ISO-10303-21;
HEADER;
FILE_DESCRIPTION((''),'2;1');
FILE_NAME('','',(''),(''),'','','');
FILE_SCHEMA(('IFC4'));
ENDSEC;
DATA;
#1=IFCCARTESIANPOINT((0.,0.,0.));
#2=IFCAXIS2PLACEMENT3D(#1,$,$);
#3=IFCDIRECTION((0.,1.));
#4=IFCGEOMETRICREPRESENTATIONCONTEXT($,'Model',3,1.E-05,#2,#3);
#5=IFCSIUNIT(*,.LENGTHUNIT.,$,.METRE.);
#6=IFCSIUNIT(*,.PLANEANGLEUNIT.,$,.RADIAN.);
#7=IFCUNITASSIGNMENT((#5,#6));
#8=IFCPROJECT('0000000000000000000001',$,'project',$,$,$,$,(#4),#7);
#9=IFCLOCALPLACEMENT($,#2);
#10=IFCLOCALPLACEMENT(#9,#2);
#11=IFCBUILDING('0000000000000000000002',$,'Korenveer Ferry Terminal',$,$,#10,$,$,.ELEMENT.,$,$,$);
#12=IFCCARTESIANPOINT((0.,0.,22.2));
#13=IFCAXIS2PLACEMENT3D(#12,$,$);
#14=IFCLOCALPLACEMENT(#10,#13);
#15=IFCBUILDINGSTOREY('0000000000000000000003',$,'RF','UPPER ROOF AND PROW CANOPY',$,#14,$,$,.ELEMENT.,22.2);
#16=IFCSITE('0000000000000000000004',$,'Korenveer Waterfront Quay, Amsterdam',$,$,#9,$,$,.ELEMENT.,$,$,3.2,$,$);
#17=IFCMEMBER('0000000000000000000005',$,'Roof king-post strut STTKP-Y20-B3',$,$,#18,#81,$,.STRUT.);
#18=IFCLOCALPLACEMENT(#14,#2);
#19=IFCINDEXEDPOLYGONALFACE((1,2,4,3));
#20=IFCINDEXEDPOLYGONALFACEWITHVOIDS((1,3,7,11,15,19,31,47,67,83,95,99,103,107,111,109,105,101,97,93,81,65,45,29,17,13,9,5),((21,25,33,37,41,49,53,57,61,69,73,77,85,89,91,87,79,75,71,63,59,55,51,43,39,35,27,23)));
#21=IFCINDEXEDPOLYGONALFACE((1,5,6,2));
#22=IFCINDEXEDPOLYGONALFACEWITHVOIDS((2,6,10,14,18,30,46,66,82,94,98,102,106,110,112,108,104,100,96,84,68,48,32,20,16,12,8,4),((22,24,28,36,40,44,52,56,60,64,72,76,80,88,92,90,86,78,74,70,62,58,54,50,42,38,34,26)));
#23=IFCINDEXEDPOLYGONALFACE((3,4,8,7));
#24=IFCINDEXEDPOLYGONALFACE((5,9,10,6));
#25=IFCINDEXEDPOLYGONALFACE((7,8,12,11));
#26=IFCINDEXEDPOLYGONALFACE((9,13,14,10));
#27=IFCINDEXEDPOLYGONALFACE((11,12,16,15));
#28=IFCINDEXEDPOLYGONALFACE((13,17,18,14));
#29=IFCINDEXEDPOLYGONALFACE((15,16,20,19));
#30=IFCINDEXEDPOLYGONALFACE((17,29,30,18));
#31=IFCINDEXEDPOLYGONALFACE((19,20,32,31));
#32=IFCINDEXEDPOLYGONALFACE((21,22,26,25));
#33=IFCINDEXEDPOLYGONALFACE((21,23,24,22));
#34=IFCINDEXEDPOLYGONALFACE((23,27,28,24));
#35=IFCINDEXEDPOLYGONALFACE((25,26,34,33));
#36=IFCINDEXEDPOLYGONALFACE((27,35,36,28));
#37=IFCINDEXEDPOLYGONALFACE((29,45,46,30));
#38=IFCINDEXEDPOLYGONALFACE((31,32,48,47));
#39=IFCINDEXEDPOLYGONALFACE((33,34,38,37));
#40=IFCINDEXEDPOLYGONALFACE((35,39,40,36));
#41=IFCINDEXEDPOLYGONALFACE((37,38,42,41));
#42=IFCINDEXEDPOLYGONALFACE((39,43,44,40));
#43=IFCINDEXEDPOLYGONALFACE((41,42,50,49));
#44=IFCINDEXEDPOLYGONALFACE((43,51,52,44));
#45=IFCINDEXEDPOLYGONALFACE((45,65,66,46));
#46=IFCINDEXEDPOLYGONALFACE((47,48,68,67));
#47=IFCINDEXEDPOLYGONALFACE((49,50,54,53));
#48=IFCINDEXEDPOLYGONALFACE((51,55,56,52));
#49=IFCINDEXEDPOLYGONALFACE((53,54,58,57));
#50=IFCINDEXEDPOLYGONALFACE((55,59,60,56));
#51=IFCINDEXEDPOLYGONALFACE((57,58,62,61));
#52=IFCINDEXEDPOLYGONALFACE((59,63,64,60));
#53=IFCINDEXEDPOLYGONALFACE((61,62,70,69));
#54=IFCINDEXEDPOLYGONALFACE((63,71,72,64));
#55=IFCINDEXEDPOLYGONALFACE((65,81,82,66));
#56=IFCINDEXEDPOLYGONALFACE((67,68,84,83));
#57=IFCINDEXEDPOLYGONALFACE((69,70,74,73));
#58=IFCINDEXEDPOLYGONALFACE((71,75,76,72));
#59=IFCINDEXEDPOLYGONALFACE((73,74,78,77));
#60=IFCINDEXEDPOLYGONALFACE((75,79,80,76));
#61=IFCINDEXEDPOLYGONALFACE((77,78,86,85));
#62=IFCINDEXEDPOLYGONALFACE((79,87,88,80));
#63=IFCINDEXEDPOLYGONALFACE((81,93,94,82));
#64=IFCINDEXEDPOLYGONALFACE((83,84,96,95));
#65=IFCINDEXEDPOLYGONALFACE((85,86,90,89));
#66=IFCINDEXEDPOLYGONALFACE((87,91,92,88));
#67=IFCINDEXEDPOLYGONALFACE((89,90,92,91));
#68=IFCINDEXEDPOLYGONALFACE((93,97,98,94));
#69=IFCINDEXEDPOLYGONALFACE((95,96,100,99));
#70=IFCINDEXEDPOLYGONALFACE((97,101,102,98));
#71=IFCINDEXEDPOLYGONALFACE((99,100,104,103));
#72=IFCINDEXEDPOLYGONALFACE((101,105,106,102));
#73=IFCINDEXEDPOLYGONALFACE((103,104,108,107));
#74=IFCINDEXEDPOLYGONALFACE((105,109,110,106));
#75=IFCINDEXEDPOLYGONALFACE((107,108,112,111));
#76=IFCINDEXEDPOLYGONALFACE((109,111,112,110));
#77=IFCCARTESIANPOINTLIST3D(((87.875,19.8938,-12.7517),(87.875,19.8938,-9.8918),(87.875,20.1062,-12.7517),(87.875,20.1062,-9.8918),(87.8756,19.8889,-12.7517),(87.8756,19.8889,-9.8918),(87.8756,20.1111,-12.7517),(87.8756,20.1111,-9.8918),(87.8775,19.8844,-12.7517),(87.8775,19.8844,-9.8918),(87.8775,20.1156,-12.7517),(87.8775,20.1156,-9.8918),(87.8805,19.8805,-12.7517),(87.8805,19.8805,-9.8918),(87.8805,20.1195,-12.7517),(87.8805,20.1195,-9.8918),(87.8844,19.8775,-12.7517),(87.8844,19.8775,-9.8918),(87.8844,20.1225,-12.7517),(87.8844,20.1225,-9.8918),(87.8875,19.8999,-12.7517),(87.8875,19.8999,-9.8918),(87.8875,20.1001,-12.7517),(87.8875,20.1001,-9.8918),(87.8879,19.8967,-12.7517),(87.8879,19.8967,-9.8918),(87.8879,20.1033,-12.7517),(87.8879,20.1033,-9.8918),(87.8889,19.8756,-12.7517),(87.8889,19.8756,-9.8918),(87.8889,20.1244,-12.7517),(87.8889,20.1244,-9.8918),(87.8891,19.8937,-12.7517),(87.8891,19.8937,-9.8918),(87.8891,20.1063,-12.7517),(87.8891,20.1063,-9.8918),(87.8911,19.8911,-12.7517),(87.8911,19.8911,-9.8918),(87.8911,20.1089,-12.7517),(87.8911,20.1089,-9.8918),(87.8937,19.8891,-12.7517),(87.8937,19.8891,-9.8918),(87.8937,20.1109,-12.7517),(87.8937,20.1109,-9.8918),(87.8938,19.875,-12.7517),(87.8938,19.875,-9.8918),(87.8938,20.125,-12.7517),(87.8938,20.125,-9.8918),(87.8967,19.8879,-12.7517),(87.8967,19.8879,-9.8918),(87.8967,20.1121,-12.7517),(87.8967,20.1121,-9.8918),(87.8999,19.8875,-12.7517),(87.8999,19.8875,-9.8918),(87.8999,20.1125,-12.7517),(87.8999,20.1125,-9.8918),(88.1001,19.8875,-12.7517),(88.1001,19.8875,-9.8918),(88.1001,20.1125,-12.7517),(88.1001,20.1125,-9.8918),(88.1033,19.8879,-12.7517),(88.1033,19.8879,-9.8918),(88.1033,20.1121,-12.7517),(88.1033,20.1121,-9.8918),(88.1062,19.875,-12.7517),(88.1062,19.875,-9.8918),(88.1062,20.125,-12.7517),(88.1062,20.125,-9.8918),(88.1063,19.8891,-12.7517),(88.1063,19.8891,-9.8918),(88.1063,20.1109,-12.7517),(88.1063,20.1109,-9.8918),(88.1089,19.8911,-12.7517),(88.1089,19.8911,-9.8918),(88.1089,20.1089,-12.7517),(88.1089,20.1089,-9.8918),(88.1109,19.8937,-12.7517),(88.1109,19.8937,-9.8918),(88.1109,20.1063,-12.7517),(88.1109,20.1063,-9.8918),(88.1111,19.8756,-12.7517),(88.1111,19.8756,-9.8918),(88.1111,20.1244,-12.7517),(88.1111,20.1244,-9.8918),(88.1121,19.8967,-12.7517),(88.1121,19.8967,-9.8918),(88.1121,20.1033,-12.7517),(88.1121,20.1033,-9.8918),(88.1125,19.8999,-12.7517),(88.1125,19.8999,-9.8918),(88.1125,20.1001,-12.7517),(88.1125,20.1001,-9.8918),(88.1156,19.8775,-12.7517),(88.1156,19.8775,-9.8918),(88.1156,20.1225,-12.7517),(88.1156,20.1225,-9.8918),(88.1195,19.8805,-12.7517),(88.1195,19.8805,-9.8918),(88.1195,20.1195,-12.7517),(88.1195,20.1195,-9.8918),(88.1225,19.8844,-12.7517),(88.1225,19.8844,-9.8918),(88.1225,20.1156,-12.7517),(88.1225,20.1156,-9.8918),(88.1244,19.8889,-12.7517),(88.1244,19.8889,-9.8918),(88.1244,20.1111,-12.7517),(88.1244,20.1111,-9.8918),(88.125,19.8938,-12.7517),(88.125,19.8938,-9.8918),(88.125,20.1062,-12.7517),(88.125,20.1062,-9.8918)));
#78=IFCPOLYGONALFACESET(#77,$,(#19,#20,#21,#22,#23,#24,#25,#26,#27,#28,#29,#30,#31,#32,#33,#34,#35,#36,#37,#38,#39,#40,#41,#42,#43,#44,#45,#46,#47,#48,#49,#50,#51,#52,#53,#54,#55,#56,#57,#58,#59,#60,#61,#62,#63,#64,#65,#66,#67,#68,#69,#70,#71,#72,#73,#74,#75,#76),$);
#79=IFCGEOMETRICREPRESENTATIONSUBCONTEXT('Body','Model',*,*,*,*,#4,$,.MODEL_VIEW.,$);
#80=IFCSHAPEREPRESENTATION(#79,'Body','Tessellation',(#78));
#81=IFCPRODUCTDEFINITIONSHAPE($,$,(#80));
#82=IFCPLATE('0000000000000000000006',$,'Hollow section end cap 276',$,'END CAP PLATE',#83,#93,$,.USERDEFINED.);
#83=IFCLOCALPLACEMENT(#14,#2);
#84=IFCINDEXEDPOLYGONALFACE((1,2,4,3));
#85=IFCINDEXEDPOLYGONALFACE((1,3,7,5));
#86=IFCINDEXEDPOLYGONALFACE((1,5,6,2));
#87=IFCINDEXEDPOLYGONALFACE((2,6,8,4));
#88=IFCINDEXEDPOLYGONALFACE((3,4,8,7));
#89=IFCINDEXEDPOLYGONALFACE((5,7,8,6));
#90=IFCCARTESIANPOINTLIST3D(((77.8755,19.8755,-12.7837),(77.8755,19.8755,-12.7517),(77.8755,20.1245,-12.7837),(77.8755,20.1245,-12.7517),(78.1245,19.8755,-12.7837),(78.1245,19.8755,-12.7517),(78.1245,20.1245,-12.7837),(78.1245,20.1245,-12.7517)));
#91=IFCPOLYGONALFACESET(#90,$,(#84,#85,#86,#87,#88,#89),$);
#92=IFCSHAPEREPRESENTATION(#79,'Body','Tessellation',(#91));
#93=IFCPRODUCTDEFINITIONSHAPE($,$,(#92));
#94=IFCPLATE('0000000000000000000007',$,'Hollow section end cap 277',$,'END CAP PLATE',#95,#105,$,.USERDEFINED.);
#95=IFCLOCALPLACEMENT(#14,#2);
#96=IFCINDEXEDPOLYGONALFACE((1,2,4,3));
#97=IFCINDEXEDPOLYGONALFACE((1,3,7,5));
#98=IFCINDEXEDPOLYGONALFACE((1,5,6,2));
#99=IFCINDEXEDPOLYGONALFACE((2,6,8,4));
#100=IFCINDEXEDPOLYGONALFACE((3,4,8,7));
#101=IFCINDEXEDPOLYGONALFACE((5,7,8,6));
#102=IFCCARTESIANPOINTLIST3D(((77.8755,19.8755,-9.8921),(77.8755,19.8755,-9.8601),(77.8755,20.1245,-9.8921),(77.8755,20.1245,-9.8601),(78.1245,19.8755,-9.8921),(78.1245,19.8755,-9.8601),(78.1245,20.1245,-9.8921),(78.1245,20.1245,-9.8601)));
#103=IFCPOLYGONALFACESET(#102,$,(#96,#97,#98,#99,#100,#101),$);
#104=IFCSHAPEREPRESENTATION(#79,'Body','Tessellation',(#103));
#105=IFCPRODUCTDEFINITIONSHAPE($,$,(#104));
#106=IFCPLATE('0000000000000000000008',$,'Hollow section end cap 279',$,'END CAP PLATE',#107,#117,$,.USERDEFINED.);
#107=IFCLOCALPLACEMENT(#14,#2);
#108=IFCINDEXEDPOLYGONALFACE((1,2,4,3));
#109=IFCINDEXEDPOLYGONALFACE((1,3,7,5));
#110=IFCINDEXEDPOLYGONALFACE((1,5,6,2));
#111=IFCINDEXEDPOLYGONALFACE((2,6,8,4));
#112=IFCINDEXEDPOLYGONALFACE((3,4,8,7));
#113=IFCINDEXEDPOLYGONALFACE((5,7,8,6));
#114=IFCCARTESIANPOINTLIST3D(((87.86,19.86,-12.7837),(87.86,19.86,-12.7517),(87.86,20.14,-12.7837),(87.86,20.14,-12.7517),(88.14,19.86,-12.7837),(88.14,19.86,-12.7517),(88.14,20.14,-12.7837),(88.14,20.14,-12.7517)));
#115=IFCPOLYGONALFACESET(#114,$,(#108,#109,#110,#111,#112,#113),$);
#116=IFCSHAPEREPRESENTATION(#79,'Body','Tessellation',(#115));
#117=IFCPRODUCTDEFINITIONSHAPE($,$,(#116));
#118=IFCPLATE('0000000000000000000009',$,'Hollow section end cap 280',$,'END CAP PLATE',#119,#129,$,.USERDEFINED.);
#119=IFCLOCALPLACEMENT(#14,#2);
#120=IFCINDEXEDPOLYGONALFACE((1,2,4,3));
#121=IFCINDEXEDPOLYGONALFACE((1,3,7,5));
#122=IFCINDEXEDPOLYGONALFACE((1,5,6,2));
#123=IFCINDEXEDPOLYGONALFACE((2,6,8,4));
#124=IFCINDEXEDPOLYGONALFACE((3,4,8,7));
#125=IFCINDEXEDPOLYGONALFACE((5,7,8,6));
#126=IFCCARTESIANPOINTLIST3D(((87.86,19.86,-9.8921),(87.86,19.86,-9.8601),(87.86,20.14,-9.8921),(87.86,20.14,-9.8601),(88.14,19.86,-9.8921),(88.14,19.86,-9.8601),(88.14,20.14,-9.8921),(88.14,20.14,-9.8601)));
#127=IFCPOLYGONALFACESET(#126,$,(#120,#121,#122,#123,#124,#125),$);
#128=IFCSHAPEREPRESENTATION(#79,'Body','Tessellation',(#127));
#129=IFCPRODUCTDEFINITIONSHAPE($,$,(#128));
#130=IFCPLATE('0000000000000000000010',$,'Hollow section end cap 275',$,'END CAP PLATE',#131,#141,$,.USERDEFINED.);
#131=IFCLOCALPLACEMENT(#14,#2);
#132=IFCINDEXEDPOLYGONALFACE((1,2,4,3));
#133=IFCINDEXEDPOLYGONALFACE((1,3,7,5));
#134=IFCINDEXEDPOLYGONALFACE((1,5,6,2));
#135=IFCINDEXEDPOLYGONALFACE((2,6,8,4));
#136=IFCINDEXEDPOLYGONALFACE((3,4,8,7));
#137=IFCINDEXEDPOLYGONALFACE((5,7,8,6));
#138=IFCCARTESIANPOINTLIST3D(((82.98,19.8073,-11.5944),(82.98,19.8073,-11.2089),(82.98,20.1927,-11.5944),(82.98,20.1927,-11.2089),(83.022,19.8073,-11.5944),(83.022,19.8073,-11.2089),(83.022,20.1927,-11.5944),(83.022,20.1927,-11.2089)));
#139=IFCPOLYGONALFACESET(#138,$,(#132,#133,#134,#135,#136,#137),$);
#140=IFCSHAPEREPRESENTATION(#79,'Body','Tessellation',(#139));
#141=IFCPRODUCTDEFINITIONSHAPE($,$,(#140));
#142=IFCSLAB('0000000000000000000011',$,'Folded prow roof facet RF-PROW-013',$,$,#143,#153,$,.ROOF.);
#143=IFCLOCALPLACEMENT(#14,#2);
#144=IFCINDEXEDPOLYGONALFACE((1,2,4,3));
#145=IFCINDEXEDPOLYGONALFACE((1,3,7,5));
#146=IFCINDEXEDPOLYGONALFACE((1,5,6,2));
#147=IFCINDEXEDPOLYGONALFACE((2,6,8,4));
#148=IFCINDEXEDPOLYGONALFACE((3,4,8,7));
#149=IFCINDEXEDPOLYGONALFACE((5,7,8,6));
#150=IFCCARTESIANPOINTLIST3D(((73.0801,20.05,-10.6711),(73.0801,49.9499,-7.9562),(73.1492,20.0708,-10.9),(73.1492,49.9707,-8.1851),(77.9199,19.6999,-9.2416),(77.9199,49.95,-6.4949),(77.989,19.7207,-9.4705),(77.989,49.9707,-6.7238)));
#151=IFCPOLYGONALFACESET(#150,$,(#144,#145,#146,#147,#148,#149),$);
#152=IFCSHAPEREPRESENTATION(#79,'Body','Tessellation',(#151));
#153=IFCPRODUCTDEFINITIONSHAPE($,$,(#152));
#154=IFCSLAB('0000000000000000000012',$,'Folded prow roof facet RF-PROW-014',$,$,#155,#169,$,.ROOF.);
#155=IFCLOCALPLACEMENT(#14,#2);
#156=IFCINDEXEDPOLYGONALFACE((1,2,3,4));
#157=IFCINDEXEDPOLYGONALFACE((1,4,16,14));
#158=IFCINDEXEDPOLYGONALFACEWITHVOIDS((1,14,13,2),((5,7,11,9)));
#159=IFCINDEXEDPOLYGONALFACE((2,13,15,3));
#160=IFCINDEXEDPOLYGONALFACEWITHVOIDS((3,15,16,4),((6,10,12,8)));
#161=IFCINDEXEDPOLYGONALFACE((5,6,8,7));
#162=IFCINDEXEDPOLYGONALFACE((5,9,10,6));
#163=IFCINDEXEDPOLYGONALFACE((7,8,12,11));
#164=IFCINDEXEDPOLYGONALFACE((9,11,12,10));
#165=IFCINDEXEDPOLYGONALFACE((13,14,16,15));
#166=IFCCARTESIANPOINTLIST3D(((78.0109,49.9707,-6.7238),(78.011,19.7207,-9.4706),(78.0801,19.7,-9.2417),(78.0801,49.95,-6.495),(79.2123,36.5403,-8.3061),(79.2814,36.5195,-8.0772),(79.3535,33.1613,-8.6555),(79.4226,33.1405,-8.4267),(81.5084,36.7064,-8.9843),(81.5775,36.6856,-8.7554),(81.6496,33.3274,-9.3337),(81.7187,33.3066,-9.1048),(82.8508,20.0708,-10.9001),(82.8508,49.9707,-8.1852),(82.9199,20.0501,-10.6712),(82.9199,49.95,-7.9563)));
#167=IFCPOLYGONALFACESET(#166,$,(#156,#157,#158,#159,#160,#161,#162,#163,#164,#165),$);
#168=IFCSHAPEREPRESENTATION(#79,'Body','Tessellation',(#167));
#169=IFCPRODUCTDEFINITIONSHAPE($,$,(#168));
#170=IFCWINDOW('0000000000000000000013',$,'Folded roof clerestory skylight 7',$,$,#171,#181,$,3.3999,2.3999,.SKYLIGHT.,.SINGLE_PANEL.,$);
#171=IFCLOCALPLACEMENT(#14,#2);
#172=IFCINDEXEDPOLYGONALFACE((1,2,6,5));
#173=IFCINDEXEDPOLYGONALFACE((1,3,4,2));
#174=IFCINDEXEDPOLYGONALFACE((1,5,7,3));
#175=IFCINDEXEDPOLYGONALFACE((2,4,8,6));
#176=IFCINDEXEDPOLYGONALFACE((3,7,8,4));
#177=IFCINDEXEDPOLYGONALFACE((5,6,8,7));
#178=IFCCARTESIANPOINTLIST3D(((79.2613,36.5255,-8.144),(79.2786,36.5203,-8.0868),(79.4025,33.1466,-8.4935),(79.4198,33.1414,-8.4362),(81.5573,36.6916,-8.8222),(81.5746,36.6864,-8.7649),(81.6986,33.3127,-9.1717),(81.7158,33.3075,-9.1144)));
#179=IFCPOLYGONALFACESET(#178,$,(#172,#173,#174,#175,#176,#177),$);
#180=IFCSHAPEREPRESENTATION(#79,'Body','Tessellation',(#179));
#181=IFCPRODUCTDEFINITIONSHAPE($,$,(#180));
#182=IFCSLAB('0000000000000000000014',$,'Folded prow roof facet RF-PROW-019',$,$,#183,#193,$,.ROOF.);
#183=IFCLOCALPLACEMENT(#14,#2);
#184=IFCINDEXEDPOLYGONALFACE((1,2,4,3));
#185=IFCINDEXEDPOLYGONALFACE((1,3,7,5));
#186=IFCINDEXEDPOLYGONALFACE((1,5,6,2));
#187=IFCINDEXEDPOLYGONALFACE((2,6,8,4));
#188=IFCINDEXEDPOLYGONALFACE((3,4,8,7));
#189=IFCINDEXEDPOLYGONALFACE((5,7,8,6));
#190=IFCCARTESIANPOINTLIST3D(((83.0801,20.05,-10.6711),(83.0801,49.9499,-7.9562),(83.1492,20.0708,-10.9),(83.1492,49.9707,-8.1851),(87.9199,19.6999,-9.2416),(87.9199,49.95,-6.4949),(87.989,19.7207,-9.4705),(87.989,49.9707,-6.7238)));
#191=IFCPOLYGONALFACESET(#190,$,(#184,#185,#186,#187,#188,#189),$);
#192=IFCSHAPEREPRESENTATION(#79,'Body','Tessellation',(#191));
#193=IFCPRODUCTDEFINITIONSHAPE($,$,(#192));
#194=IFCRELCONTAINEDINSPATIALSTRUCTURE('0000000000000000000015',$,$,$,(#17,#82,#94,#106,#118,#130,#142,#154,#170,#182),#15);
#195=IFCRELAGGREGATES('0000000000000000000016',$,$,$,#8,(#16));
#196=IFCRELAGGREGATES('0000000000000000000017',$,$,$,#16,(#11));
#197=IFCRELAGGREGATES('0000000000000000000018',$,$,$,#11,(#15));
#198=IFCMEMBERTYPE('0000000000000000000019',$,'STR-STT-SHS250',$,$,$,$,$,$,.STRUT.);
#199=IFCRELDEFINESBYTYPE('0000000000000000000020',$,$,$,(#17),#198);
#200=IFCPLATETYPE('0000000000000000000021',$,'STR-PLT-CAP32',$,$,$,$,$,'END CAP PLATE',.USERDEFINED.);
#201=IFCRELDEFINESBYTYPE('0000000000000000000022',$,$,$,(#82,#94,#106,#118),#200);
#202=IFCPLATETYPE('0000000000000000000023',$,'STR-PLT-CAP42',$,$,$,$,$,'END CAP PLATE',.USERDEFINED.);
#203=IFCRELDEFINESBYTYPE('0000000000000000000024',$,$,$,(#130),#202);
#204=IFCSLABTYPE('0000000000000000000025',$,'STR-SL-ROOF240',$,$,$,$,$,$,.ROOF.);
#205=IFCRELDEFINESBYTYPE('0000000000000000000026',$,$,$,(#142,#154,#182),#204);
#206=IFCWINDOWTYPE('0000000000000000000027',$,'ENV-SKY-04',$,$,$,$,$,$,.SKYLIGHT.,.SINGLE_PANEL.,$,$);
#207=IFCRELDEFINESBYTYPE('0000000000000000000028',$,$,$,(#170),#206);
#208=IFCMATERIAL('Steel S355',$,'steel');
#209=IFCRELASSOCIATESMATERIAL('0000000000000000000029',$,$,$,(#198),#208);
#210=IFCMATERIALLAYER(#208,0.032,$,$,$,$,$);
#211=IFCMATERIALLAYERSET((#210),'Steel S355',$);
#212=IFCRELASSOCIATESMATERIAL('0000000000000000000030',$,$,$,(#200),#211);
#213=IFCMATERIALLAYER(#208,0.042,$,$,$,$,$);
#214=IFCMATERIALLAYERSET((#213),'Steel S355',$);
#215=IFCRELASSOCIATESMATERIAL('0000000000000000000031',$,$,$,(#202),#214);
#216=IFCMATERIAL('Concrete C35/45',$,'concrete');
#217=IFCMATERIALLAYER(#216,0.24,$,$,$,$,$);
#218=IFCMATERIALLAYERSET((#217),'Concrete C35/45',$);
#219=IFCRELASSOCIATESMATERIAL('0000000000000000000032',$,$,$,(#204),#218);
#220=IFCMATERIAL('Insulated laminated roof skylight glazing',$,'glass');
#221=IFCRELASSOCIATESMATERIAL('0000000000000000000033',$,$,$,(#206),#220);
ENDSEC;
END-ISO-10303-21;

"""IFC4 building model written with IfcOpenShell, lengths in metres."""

from ifc_helpers import new_model, si_unit, direction, frame, origin, origin_2d, place, context, subcontext, project, spatial, polyline, rectangle, hollow_rectangle, outline, extrude, material, layer, layer_set, material_profile, profile_set, type_object, element, fill, save


model = new_model("IFC4")

# Units and contexts
model_context = context("Model", 3, precision=1e-05, world=origin(), true_north=direction((0.0, 1.0)))
body_context = subcontext(model_context, "Body", "Model", "MODEL_VIEW")
ifc_project = project(units=[si_unit("LENGTHUNIT", "METRE"), si_unit("PLANEANGLEUNIT", "RADIAN")], contexts=[model_context])

# Site, building, storey
site_placement = place(None, origin())
site = spatial("IfcSite", under=ifc_project, at=site_placement, Name="Korenveer Waterfront Quay, Amsterdam", CompositionType="ELEMENT", RefElevation=3.2)
building_placement = place(site_placement, origin())
building = spatial("IfcBuilding", under=site, at=building_placement, Name="Korenveer Ferry Terminal", CompositionType="ELEMENT")
storey_placement = place(building_placement, frame((0.0, 0.0, 22.2)))
storey = spatial("IfcBuildingStorey", under=building, at=storey_placement, Name="RF", Description="UPPER ROOF AND PROW CANOPY", CompositionType="ELEMENT", Elevation=22.2)

# Shared definitions
ifc_material_1 = material(Name="Steel S355", Category="steel")

# Member
ifc_material_profile_1 = material_profile(ifc_material_1, hollow_rectangle(XDim=0.25, YDim=0.25, WallThickness=0.0125, InnerFilletRadius=0.0125, OuterFilletRadius=0.0188, at=origin_2d()), Name="SHS 250x250x12.5")
ifc_profile_set_1 = profile_set([ifc_material_profile_1], Name="Steel S355")
member_type_1 = type_object("IfcMemberType", Name="STR-STT-SHS250", PredefinedType="STRUT", material=ifc_profile_set_1)
member_1_placement = place(storey_placement, frame((88.0, 20.0, -12.7517), z_axis=(0.0, 0.0, 1.0), x_axis=(1.0, 0.0, 0.0)))
element("IfcMember", 1, at=member_1_placement, inside=storey, type_object=member_type_1, Name="Roof king-post strut STTKP-Y20-B3", PredefinedType="STRUT", context=body_context, shape_type="SweptSolid", body=[
    extrude(hollow_rectangle(XDim=0.25, YDim=0.25, WallThickness=0.0125, InnerFilletRadius=0.0125, OuterFilletRadius=0.0188, at=origin_2d()), origin(), (0.0, 0.0, 1.0), 2.8599),
])

# Plates
ifc_layer_1 = layer(ifc_material_1, 0.032)
ifc_layer_set_1 = layer_set([ifc_layer_1], Name="Steel S355")
plate_type_1 = type_object("IfcPlateType", Name="STR-PLT-CAP32", ElementType="END CAP PLATE", PredefinedType="USERDEFINED", material=ifc_layer_set_1)
for number, where, z_axis, x_axis, name in (
    (2, (78.0, 20.0, -12.7837), (0.0, 0.0, 1.0), (1.0, 0.0, 0.0), "Hollow section end cap 276"),
    (3, (78.0, 20.0, -9.8921), (0.0, 0.0, 1.0), (1.0, 0.0, 0.0), "Hollow section end cap 277"),
):
    element("IfcPlate", number, at=place(storey_placement, frame(where, z_axis=z_axis, x_axis=x_axis)), inside=storey, type_object=plate_type_1, Name=name, ObjectType="END CAP PLATE", PredefinedType="USERDEFINED", context=body_context, shape_type="SweptSolid", body=[
        extrude(rectangle(XDim=0.249, YDim=0.249, at=origin_2d()), origin(), (0.0, 0.0, 1.0), 0.032),
    ])
for number, where, z_axis, x_axis, name in (
    (4, (88.0, 20.0, -12.7837), (0.0, 0.0, 1.0), (1.0, 0.0, 0.0), "Hollow section end cap 279"),
    (5, (88.0, 20.0, -9.8921), (0.0, 0.0, 1.0), (1.0, 0.0, 0.0), "Hollow section end cap 280"),
):
    element("IfcPlate", number, at=place(storey_placement, frame(where, z_axis=z_axis, x_axis=x_axis)), inside=storey, type_object=plate_type_1, Name=name, ObjectType="END CAP PLATE", PredefinedType="USERDEFINED", context=body_context, shape_type="SweptSolid", body=[
        extrude(rectangle(XDim=0.28, YDim=0.28, at=origin_2d()), origin(), (0.0, 0.0, 1.0), 0.032),
    ])
ifc_layer_2 = layer(ifc_material_1, 0.042)
ifc_layer_set_2 = layer_set([ifc_layer_2], Name="Steel S355")
plate_type_2 = type_object("IfcPlateType", Name="STR-PLT-CAP42", ElementType="END CAP PLATE", PredefinedType="USERDEFINED", material=ifc_layer_set_2)
plate_placement = place(storey_placement, frame((82.98, 20.0, -11.4016), z_axis=(1.0, 0.0, 0.0), x_axis=(0.0, 1.0, 0.0)))
element("IfcPlate", 6, at=plate_placement, inside=storey, type_object=plate_type_2, Name="Hollow section end cap 275", ObjectType="END CAP PLATE", PredefinedType="USERDEFINED", context=body_context, shape_type="SweptSolid", body=[
    extrude(rectangle(XDim=0.3855, YDim=0.3855, at=origin_2d()), origin(), (0.0, 0.0, 1.0), 0.042),
])

# Slab
ifc_material_2 = material(Name="Concrete C35/45", Category="concrete")
ifc_layer_3 = layer(ifc_material_2, 0.24)
ifc_layer_set_3 = layer_set([ifc_layer_3], Name="Concrete C35/45")
slab_type = type_object("IfcSlabType", Name="STR-SL-ROOF240", PredefinedType="ROOF", material=ifc_layer_set_3)
slab_1_placement = place(storey_placement, frame((73.0801, 20.05, -10.6711), z_axis=(-0.287963, -0.086599, 0.953718), x_axis=(0.95674, -0.069209, 0.282591)))
element("IfcSlab", 7, at=slab_1_placement, inside=storey, type_object=slab_type, Name="Folded prow roof facet RF-PROW-013", PredefinedType="ROOF", context=body_context, shape_type="SweptSolid", body=[
    extrude(outline(polyline([(0.0, 0.0), (5.0587, 0.0), (3.7413, 30.3459), (-1.3022, 29.9946), (0.0, 0.0)])), origin(), (0.0, 0.0, -1.0), 0.24),
])

# Slab, opening, window
slab_2_placement = place(storey_placement, frame((78.0801, 19.7, -9.2417), z_axis=(0.287963, -0.086599, 0.953718), x_axis=(0.95674, 0.069209, -0.282591)))
slab_2 = element("IfcSlab", 8, at=slab_2_placement, inside=storey, type_object=slab_type, Name="Folded prow roof facet RF-PROW-014", PredefinedType="ROOF", context=body_context, shape_type="SweptSolid", body=[
    extrude(outline(polyline([(0.0, 0.0), (5.0587, 0.0), (6.3608, 29.9946), (1.3174, 30.3459), (0.0, 0.0)])), origin(), (0.0, 0.0, -1.0), 0.24),
])
opening_placement = place(slab_2_placement, frame((3.1843, 15.0857, 0.01)))
opening = element("IfcOpeningElement", 9, at=opening_placement, cuts=slab_2, PredefinedType="OPENING", context=body_context, shape_type="SweptSolid", body=[
    extrude(rectangle(XDim=2.3999, YDim=3.3999, at=origin_2d()), origin(), (0.0, 0.0, -1.0), 0.26),
])
ifc_material_3 = material(Name="Insulated laminated roof skylight glazing", Category="glass")
window_type = type_object("IfcWindowType", Name="ENV-SKY-04", PartitioningType="SINGLE_PANEL", PredefinedType="SKYLIGHT", material=ifc_material_3)
window_placement = place(slab_2_placement, frame((3.1843, 15.0857, -0.01)))
window = element("IfcWindow", 10, at=window_placement, inside=storey, type_object=window_type, Name="Folded roof clerestory skylight 7", OverallHeight=3.3999, OverallWidth=2.3999, PartitioningType="SINGLE_PANEL", PredefinedType="SKYLIGHT", context=body_context, shape_type="SweptSolid", body=[
    extrude(rectangle(XDim=2.3999, YDim=3.3999, at=origin_2d()), origin(), (0.0, 0.0, -1.0), 0.0601),
])
fill(opening, window)

# Slab
slab_3_placement = place(storey_placement, frame((83.0801, 20.05, -10.6711), z_axis=(-0.287963, -0.086599, 0.953718), x_axis=(0.95674, -0.069209, 0.282591)))
element("IfcSlab", 11, at=slab_3_placement, inside=storey, type_object=slab_type, Name="Folded prow roof facet RF-PROW-019", PredefinedType="ROOF", context=body_context, shape_type="SweptSolid", body=[
    extrude(outline(polyline([(0.0, 0.0), (5.0587, 0.0), (3.7413, 30.3459), (-1.3022, 29.9946), (0.0, 0.0)])), origin(), (0.0, 0.0, -1.0), 0.24),
])

save(model, "model.ifc")
